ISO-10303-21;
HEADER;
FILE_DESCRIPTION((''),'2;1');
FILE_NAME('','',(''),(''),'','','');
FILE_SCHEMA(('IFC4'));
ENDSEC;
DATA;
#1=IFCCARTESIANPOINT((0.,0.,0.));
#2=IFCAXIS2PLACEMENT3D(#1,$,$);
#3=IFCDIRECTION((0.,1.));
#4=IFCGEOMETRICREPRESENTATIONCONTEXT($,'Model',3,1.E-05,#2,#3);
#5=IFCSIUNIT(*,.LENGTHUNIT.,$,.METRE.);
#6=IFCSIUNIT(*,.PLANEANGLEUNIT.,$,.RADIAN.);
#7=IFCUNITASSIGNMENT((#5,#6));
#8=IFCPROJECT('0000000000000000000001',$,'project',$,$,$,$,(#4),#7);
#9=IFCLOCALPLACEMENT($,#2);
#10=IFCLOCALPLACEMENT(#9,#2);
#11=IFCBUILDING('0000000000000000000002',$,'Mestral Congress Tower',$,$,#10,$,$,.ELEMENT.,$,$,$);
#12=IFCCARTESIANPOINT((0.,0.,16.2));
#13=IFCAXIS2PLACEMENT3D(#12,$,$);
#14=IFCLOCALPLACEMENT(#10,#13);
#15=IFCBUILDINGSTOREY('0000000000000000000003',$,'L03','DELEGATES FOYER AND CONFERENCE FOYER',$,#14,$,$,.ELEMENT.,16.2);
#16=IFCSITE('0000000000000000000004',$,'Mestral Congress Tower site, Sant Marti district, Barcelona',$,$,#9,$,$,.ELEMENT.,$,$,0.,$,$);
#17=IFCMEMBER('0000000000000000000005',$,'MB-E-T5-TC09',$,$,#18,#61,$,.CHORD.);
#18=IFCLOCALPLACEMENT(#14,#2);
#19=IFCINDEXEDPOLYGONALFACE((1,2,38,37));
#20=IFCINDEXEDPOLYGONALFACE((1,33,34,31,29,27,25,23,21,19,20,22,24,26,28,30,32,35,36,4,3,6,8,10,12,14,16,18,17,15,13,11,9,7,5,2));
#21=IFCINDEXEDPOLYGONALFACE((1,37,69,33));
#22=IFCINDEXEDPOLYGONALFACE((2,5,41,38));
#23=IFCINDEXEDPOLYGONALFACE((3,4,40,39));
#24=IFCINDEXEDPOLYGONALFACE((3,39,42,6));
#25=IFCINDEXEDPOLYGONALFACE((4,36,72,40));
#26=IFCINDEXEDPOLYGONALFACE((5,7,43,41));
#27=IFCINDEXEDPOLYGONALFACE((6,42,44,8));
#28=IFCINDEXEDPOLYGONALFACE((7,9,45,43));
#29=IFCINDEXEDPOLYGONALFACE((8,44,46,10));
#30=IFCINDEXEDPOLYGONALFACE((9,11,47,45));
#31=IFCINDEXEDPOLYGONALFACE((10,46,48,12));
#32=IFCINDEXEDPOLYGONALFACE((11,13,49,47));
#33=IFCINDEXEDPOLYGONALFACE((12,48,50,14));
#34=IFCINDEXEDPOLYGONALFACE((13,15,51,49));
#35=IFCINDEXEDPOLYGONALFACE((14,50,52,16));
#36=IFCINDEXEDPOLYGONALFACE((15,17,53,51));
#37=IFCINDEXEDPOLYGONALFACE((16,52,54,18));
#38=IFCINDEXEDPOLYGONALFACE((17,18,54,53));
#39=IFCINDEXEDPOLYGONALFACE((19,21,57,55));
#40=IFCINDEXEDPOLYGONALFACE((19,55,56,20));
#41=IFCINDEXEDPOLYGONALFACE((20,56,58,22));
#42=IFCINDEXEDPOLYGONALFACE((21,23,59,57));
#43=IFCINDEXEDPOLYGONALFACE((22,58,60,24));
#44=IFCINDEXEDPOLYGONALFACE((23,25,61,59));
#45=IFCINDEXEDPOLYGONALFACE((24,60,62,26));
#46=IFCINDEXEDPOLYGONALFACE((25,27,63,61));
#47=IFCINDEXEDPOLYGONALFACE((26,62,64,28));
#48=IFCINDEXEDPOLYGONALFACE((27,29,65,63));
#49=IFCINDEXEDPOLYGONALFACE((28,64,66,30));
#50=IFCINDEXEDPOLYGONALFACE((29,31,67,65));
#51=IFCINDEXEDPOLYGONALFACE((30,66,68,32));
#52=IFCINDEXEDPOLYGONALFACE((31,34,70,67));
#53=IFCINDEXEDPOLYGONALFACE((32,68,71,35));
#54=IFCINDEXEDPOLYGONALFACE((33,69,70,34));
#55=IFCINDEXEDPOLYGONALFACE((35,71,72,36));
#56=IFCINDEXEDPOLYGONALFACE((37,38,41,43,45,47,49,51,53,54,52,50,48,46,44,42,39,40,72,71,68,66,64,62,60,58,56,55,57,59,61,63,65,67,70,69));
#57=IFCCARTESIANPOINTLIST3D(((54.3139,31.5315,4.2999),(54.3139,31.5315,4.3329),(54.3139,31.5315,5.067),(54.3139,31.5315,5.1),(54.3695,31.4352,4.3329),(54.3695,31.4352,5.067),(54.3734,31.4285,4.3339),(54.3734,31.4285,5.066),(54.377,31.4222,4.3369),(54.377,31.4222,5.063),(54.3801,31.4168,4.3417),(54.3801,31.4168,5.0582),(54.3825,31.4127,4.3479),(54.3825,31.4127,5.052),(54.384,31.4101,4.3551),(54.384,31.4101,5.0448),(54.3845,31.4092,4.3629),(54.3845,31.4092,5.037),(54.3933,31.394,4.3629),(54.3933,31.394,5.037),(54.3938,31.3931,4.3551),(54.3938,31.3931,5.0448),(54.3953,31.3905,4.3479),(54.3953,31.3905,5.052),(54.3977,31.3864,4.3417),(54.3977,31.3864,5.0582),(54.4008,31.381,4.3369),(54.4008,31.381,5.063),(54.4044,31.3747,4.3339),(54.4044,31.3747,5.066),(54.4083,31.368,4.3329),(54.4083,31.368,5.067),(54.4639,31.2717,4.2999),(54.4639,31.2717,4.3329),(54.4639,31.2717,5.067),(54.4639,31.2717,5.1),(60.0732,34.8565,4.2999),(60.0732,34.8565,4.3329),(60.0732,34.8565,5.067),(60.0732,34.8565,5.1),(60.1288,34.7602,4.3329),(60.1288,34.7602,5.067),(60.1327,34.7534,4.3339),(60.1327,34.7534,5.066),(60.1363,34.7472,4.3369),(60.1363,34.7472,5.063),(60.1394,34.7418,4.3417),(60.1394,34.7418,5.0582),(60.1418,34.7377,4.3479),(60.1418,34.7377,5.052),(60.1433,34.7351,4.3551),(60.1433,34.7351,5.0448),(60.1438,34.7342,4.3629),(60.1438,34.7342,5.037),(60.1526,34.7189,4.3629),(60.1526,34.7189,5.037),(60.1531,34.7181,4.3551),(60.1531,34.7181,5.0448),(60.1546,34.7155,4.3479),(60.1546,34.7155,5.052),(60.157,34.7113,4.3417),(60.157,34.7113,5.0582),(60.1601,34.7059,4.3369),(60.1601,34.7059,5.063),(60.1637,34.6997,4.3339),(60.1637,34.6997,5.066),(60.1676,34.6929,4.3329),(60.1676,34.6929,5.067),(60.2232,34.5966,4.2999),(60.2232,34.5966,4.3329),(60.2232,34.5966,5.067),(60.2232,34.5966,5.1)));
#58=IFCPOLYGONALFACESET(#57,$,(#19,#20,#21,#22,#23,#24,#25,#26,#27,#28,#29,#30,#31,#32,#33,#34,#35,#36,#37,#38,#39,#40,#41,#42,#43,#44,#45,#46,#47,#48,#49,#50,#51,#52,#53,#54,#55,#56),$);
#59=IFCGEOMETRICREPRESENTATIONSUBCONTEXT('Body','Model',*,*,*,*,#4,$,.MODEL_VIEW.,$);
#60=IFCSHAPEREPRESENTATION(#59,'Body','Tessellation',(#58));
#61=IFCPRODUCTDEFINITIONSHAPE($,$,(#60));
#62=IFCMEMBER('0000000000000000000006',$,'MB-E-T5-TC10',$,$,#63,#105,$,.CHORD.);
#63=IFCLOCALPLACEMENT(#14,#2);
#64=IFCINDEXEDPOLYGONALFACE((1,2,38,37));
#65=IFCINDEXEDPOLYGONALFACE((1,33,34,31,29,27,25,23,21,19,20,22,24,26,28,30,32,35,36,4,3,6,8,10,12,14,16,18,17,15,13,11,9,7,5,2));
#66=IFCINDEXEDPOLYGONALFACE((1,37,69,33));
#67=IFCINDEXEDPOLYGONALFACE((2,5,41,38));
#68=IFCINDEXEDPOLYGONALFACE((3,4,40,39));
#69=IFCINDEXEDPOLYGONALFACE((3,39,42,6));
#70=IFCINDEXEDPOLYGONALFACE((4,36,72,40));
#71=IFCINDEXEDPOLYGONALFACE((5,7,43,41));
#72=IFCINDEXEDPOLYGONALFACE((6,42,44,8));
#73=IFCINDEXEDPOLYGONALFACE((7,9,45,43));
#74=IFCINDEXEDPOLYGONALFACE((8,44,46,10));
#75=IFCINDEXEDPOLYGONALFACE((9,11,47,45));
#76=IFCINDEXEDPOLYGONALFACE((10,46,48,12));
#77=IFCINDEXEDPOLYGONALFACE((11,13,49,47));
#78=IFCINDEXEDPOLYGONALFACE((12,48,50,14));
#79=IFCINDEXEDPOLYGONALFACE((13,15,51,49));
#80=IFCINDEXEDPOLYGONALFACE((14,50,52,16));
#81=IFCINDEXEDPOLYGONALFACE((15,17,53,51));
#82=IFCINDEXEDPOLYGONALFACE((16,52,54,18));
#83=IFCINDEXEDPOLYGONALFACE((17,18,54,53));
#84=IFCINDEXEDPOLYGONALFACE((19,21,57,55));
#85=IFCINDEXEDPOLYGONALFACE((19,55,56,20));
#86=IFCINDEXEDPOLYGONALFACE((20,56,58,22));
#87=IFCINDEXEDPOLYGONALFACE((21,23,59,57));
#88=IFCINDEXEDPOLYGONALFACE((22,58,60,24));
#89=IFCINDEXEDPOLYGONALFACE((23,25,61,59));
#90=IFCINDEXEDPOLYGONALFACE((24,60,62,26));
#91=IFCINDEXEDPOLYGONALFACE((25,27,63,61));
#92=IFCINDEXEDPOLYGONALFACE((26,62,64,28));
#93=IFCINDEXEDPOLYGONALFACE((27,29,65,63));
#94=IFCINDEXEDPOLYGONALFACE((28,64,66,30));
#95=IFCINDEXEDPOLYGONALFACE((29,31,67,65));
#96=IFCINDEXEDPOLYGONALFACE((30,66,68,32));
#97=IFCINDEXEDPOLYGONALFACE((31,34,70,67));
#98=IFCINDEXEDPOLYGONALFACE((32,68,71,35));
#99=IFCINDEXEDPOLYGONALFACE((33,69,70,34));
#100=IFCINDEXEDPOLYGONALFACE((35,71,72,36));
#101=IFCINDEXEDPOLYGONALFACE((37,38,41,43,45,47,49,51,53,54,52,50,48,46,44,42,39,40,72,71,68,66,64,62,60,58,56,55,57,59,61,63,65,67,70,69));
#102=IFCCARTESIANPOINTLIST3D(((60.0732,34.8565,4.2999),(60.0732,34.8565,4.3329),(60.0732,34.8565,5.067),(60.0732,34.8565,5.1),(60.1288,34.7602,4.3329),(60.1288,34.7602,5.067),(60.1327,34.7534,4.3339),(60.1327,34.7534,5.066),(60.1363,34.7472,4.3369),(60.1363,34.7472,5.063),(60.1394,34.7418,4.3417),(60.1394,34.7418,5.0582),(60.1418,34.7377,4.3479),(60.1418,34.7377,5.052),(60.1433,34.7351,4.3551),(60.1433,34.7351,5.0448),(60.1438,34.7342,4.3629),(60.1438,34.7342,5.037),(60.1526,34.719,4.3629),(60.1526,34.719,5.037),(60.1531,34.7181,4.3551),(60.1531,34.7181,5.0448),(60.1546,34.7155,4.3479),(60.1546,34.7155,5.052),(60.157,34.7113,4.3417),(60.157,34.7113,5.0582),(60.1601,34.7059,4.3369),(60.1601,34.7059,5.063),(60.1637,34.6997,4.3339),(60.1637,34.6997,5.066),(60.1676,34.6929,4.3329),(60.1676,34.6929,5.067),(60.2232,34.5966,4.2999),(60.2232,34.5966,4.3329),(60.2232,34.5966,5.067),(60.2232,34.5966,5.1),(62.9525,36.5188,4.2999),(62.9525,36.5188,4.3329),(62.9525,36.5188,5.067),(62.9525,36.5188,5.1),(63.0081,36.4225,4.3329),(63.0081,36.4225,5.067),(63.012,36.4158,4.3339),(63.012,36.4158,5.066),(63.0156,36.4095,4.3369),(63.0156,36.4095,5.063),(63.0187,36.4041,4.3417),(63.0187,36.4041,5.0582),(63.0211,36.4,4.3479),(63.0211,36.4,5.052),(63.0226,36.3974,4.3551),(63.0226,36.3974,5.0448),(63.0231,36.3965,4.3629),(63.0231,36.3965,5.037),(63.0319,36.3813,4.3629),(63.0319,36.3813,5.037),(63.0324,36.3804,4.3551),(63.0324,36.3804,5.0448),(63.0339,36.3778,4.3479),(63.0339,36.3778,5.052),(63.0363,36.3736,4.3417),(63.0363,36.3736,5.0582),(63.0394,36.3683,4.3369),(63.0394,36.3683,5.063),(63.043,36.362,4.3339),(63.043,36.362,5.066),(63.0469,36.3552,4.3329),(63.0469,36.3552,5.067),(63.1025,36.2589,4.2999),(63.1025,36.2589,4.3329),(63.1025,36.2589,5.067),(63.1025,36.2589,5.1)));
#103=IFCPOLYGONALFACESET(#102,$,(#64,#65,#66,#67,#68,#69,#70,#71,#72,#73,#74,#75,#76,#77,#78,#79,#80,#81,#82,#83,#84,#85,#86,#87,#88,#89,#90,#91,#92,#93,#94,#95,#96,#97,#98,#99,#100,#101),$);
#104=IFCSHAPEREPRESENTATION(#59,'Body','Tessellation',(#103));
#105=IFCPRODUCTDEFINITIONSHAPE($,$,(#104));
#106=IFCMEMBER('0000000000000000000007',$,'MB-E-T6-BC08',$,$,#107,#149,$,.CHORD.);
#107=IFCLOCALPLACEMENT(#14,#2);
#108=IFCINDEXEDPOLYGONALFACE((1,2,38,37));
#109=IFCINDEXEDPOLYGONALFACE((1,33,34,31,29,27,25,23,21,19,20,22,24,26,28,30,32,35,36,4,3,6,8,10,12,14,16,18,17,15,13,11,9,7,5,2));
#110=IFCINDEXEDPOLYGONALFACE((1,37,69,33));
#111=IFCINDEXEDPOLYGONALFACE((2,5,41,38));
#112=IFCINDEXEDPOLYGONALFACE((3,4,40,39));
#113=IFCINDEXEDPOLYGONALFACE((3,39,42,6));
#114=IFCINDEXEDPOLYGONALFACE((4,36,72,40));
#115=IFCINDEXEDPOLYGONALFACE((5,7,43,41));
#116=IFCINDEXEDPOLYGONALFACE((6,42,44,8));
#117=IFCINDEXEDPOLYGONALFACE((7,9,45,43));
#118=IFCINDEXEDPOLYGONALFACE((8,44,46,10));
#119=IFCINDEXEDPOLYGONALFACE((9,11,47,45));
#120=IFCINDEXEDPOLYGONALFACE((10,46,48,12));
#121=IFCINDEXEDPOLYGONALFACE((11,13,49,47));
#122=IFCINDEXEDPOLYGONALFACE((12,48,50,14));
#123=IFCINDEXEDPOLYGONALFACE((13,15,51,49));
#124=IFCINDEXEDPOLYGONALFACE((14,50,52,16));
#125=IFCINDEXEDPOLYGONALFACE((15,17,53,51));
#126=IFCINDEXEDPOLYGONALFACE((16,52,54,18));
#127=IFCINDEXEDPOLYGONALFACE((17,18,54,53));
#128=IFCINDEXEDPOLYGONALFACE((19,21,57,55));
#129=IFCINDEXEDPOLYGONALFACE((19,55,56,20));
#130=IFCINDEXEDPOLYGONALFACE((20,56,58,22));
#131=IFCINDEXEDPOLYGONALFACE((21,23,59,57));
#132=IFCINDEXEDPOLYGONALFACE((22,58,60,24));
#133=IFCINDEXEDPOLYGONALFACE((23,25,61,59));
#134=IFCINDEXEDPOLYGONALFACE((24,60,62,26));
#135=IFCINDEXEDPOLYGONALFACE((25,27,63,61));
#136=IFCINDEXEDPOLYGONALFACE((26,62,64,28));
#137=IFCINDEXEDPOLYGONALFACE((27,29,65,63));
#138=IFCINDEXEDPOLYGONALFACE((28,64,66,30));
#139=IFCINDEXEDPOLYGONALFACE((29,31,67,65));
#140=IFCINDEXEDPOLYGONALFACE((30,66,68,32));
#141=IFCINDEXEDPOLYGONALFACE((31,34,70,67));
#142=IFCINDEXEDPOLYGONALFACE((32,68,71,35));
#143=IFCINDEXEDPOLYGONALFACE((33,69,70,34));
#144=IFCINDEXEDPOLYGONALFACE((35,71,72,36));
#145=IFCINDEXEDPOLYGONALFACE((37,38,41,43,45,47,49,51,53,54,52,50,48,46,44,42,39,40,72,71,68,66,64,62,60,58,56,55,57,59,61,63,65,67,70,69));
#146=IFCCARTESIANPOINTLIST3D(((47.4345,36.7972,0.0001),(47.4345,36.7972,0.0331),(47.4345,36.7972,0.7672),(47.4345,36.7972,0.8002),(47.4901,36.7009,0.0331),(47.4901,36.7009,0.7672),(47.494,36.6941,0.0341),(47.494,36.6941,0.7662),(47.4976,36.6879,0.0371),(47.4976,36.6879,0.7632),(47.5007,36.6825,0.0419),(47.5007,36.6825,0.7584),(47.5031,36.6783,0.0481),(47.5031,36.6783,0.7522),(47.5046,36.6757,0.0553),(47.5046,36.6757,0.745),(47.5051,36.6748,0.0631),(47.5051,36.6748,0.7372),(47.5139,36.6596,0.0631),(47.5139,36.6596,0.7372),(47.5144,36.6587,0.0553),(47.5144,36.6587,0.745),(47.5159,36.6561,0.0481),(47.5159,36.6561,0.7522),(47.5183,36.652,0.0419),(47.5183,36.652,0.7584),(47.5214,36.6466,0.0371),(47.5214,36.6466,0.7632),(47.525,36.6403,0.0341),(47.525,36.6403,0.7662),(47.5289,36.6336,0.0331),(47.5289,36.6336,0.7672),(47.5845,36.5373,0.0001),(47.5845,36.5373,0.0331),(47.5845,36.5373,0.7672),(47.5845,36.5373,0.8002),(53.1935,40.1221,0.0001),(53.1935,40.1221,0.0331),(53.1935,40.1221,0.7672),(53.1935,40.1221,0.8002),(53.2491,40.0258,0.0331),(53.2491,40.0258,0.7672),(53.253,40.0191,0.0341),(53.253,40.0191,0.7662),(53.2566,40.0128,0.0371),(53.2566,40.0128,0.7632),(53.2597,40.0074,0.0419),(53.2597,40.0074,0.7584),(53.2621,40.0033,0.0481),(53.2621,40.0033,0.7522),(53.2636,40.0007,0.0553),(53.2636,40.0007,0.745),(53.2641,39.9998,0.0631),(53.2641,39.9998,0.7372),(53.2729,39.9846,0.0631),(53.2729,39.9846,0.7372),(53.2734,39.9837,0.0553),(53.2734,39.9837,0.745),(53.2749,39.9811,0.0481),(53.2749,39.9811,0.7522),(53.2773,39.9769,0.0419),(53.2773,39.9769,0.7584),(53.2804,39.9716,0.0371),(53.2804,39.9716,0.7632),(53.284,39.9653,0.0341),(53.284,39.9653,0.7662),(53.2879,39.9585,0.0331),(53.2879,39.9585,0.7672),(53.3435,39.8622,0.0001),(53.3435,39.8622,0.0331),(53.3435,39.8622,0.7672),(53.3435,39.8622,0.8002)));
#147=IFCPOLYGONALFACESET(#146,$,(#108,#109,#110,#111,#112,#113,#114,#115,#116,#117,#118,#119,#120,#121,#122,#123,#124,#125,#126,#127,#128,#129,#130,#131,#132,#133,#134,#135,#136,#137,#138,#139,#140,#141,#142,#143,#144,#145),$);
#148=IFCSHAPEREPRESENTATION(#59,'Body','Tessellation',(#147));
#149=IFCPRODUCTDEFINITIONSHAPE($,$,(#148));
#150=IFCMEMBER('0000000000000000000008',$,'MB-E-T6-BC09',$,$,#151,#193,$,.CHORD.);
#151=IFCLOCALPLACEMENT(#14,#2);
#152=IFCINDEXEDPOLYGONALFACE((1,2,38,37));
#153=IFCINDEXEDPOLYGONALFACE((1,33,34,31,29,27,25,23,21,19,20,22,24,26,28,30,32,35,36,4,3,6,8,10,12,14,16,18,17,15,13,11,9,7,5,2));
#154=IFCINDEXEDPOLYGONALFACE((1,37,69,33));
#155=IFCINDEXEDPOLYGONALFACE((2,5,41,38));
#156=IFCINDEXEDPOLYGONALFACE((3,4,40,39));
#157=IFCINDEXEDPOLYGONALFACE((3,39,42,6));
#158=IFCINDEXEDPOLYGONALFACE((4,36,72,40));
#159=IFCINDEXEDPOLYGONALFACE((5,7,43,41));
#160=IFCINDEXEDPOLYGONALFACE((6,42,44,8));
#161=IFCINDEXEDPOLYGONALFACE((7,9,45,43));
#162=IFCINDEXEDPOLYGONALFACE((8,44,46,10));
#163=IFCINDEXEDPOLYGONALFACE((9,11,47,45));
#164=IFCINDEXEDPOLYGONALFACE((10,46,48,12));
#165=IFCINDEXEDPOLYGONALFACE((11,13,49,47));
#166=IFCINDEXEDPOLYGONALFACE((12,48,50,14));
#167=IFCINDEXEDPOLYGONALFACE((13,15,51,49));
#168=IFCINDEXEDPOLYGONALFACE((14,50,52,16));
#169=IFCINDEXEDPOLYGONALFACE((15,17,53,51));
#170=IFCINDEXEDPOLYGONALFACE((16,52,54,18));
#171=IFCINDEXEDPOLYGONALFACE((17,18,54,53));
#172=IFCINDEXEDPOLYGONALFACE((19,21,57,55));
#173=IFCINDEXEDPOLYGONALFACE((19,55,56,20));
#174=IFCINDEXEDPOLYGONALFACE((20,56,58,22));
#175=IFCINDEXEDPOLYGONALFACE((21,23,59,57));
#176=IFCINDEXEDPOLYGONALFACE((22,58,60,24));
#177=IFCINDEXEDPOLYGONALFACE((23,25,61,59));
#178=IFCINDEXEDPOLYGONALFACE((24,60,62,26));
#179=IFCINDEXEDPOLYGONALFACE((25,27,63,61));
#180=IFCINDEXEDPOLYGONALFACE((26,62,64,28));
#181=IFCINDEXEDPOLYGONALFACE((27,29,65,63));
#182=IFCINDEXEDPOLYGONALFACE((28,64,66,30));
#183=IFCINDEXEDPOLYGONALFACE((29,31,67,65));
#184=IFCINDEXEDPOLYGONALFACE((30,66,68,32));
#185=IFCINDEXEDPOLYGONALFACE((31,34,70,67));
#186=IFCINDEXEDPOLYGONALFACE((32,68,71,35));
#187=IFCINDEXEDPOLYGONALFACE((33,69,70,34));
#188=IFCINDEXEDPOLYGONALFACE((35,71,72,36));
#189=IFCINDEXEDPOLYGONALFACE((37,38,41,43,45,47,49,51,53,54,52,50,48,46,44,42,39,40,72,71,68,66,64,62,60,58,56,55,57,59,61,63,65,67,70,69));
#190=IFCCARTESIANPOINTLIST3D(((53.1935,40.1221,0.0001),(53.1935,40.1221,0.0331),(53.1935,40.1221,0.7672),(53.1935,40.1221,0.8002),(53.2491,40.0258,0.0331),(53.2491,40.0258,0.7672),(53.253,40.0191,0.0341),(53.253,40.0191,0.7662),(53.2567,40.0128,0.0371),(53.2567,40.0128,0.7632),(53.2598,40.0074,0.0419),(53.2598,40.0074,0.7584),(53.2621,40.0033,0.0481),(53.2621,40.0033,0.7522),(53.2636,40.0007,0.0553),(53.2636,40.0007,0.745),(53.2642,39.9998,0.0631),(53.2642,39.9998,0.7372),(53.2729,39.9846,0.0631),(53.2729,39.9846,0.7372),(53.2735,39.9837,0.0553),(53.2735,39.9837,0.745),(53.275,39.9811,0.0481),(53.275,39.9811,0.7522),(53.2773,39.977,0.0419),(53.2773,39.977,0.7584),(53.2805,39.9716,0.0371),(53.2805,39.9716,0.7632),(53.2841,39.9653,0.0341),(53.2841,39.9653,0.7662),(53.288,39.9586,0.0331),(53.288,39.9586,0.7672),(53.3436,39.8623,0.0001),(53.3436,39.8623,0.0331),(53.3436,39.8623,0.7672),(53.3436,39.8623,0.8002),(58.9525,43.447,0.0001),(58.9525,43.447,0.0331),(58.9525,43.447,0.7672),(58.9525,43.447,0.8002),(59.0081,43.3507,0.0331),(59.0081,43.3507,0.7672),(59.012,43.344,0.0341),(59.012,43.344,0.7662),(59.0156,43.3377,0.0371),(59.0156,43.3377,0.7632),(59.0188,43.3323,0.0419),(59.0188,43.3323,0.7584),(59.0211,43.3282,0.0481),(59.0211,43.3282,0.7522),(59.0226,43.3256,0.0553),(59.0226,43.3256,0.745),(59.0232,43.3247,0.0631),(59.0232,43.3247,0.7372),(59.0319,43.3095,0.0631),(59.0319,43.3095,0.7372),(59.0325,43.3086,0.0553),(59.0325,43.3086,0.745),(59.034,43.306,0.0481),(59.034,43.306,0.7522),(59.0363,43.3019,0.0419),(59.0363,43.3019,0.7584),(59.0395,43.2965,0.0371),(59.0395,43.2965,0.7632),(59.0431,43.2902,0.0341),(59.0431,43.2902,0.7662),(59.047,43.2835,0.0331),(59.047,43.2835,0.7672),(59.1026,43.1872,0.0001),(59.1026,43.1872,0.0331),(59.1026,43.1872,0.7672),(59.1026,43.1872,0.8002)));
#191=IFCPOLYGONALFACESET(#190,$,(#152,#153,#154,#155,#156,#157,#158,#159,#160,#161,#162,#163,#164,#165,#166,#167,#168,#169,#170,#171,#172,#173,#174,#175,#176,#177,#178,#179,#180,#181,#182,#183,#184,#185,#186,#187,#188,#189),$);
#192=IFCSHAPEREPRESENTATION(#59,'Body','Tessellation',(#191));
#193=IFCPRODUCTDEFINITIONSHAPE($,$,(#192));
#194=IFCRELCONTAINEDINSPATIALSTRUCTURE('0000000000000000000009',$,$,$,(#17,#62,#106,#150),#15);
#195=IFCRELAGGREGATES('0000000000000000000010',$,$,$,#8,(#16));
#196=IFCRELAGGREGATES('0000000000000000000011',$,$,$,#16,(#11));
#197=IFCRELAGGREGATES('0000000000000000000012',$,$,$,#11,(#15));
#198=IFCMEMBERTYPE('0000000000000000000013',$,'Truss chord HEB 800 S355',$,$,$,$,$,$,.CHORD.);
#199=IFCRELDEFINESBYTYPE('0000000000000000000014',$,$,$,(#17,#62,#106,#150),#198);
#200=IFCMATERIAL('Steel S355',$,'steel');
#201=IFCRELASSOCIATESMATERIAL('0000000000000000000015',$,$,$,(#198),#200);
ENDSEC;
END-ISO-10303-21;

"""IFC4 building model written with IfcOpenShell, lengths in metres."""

from ifc_helpers import new_model, si_unit, direction, frame, origin, origin_2d, place, context, subcontext, project, spatial, i_section, extrude, material, material_profile, profile_set, type_object, element, save


model = new_model("IFC4")

# Units and contexts
model_context = context("Model", 3, precision=1e-05, world=origin(), true_north=direction((0.0, 1.0)))
body_context = subcontext(model_context, "Body", "Model", "MODEL_VIEW")
ifc_project = project(units=[si_unit("LENGTHUNIT", "METRE"), si_unit("PLANEANGLEUNIT", "RADIAN")], contexts=[model_context])

# Site, building, storey
site_placement = place(None, origin())
site = spatial("IfcSite", under=ifc_project, at=site_placement, Name="Mestral Congress Tower site, Sant Marti district, Barcelona", CompositionType="ELEMENT", RefElevation=0.0)
building_placement = place(site_placement, origin())
building = spatial("IfcBuilding", under=site, at=building_placement, Name="Mestral Congress Tower", CompositionType="ELEMENT")
storey_placement = place(building_placement, frame((0.0, 0.0, 16.2)))
storey = spatial("IfcBuildingStorey", under=building, at=storey_placement, Name="L03", Description="DELEGATES FOYER AND CONFERENCE FOYER", CompositionType="ELEMENT", Elevation=16.2)

# Members
ifc_material_1 = material(Name="Steel S355", Category="steel")
ifc_material_profile_1 = material_profile(ifc_material_1, i_section(OverallWidth=0.3, OverallDepth=0.8, WebThickness=0.0176, FlangeThickness=0.033, FilletRadius=0.03, at=origin_2d()), Name="HEB 800")
ifc_profile_set_1 = profile_set([ifc_material_profile_1], Name="Steel S355")
member_type_1 = type_object("IfcMemberType", Name="Truss chord HEB 800 S355", PredefinedType="CHORD", material=ifc_profile_set_1)
member_1_placement = place(storey_placement, frame((54.3889, 31.4016, 4.7), z_axis=(0.866036, 0.499981, 0.0), x_axis=(-0.499981, 0.866036, 0.0)))
element("IfcMember", 1, at=member_1_placement, inside=storey, type_object=member_type_1, Name="MB-E-T5-TC09", PredefinedType="CHORD", context=body_context, shape_type="SweptSolid", body=[
    extrude(i_section(OverallWidth=0.3, OverallDepth=0.8, WebThickness=0.0176, FlangeThickness=0.033, FilletRadius=0.03, at=origin_2d()), origin(), (0.0, 0.0, 1.0), 6.6501),
])
member_2_placement = place(storey_placement, frame((60.1482, 34.7266, 4.7), z_axis=(0.866034, 0.499985, 0.0), x_axis=(-0.499985, 0.866034, 0.0)))
element("IfcMember", 2, at=member_2_placement, inside=storey, type_object=member_type_1, Name="MB-E-T5-TC10", PredefinedType="CHORD", context=body_context, shape_type="SweptSolid", body=[
    extrude(i_section(OverallWidth=0.3, OverallDepth=0.8, WebThickness=0.0176, FlangeThickness=0.033, FilletRadius=0.03, at=origin_2d()), origin(), (0.0, 0.0, 1.0), 3.3247),
])
for number, where, z_axis, x_axis, name in (
    (3, (47.5095, 36.6672, 0.4001), (0.866027, 0.499997, 0.0), (-0.499997, 0.866027, 0.0), "MB-E-T6-BC08"),
    (4, (53.2686, 39.9922, 0.4001), (0.866027, 0.499997, 0.0), (-0.499997, 0.866027, 0.0), "MB-E-T6-BC09"),
):
    element("IfcMember", number, at=place(storey_placement, frame(where, z_axis=z_axis, x_axis=x_axis)), inside=storey, type_object=member_type_1, Name=name, PredefinedType="CHORD", context=body_context, shape_type="SweptSolid", body=[
        extrude(i_section(OverallWidth=0.3, OverallDepth=0.8, WebThickness=0.0176, FlangeThickness=0.033, FilletRadius=0.03, at=origin_2d()), origin(), (0.0, 0.0, 1.0), 6.6499),
    ])

save(model, "model.ifc")
